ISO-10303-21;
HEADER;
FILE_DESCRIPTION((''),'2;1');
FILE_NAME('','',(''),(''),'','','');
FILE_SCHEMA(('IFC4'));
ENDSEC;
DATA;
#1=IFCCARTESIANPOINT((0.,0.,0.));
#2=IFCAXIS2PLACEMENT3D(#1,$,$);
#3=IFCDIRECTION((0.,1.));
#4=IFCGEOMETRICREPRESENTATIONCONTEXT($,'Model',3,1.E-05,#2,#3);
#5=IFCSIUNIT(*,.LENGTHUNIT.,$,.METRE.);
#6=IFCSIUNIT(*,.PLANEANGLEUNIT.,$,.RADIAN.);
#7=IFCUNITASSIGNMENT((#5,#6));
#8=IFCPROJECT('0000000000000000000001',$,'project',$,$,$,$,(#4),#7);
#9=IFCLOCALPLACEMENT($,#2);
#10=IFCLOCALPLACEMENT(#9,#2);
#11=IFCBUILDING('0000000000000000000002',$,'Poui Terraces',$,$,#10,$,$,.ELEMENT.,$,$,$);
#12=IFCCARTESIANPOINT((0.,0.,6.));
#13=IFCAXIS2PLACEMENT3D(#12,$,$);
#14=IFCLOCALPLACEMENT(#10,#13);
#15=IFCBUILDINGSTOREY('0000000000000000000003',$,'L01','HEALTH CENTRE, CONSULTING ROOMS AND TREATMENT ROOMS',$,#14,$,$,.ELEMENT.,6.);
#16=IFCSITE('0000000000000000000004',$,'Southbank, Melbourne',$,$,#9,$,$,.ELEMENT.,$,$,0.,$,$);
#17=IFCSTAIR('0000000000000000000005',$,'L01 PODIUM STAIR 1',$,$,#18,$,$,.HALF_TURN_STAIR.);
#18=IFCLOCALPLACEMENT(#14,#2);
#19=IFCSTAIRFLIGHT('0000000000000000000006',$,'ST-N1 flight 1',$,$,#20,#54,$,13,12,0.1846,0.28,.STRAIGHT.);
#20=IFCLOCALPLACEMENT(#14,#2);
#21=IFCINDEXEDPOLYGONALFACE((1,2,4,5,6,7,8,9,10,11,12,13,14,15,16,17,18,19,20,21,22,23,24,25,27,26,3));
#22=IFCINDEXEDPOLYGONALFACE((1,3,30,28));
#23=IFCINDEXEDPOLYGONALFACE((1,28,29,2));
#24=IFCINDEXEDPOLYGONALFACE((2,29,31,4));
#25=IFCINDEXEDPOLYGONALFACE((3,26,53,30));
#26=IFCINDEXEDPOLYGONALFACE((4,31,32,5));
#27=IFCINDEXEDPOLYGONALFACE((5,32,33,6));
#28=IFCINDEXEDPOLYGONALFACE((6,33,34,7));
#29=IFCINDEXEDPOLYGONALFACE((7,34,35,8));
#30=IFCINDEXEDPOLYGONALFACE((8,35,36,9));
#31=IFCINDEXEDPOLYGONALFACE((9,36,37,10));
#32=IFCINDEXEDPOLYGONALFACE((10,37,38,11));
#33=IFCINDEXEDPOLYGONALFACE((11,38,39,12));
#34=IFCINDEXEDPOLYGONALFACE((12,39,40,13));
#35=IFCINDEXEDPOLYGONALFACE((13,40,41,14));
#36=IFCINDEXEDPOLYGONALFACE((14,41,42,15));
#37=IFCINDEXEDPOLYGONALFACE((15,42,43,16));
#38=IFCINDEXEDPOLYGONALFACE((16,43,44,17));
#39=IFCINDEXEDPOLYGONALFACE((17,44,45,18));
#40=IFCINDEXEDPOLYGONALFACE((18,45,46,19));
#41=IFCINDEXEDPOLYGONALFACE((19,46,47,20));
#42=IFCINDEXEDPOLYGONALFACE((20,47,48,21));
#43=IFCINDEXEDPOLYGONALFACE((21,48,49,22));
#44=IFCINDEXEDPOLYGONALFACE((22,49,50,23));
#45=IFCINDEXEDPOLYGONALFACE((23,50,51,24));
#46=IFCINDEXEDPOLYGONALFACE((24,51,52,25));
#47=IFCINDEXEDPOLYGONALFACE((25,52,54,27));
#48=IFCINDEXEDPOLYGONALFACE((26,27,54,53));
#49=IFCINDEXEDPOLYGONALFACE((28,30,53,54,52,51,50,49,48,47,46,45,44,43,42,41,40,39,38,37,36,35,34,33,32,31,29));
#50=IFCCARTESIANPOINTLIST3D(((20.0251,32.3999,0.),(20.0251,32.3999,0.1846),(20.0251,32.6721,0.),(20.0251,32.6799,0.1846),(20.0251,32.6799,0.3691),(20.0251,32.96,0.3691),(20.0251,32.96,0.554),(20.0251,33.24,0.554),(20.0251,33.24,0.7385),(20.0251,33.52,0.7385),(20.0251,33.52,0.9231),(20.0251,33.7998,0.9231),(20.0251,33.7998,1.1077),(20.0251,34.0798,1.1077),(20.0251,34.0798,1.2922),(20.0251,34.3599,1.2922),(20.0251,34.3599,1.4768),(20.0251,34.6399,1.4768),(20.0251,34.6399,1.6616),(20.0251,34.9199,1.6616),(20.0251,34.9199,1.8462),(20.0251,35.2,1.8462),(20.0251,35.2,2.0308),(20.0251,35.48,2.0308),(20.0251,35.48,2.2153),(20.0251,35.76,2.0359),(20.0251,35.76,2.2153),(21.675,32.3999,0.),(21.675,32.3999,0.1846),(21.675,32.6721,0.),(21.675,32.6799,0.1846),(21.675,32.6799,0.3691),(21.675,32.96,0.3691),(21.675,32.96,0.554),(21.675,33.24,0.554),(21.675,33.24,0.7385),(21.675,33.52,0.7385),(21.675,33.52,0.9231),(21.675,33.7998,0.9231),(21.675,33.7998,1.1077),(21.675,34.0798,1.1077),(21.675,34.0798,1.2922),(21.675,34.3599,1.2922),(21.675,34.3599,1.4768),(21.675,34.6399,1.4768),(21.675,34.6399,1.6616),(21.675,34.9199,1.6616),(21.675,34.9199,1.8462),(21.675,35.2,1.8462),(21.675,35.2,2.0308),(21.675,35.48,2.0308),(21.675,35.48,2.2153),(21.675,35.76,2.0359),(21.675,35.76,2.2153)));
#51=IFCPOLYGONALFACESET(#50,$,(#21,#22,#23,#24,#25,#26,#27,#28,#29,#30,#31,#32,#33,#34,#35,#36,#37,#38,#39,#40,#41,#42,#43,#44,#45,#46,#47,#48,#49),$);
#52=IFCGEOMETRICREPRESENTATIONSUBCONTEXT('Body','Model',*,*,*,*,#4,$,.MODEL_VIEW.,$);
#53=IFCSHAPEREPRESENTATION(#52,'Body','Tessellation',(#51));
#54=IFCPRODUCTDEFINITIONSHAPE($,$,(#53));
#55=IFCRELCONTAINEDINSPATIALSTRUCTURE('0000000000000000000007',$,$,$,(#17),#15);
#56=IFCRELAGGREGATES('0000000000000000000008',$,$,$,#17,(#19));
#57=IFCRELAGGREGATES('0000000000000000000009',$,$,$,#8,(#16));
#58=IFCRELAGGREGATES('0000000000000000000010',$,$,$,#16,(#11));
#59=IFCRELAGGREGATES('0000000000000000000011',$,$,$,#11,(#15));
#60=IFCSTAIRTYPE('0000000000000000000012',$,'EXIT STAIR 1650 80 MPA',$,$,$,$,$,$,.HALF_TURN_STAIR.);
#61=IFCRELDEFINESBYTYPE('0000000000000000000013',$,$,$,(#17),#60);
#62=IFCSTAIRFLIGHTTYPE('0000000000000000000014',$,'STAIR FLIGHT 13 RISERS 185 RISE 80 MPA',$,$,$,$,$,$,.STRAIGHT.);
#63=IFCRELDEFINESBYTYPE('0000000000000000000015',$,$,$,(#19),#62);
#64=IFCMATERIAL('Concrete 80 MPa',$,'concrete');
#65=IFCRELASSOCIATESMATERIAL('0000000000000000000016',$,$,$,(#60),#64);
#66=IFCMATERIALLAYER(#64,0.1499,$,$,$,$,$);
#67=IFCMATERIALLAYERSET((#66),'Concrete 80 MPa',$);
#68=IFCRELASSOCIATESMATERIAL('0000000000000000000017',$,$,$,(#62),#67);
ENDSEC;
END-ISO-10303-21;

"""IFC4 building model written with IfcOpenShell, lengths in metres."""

from ifc_helpers import new_model, si_unit, direction, frame, origin, place, context, subcontext, project, spatial, polyline, outline, extrude, material, layer, layer_set, type_object, element, aggregate, save


model = new_model("IFC4")

# Units and contexts
model_context = context("Model", 3, precision=1e-05, world=origin(), true_north=direction((0.0, 1.0)))
body_context = subcontext(model_context, "Body", "Model", "MODEL_VIEW")
ifc_project = project(units=[si_unit("LENGTHUNIT", "METRE"), si_unit("PLANEANGLEUNIT", "RADIAN")], contexts=[model_context])

# Site, building, storey
site_placement = place(None, origin())
site = spatial("IfcSite", under=ifc_project, at=site_placement, Name="Southbank, Melbourne", CompositionType="ELEMENT", RefElevation=0.0)
building_placement = place(site_placement, origin())
building = spatial("IfcBuilding", under=site, at=building_placement, Name="Poui Terraces", CompositionType="ELEMENT")
storey_placement = place(building_placement, frame((0.0, 0.0, 6.0)))
storey = spatial("IfcBuildingStorey", under=building, at=storey_placement, Name="L01", Description="HEALTH CENTRE, CONSULTING ROOMS AND TREATMENT ROOMS", CompositionType="ELEMENT", Elevation=6.0)

# Shared definitions
ifc_material_1 = material(Name="Concrete 80 MPa", Category="concrete")

# Stair, stair flight
stair_type = type_object("IfcStairType", Name="EXIT STAIR 1650 80 MPA", PredefinedType="HALF_TURN_STAIR", material=ifc_material_1)
stair_placement = place(storey_placement, origin())
stair = element("IfcStair", 1, at=stair_placement, inside=storey, type_object=stair_type, Name="L01 PODIUM STAIR 1", PredefinedType="HALF_TURN_STAIR")
ifc_layer_1 = layer(ifc_material_1, 0.1499)
ifc_layer_set_1 = layer_set([ifc_layer_1], Name="Concrete 80 MPa")
stair_flight_type = type_object("IfcStairFlightType", Name="STAIR FLIGHT 13 RISERS 185 RISE 80 MPA", PredefinedType="STRAIGHT", material=ifc_layer_set_1)
stair_flight_placement = place(storey_placement, frame((20.8501, 32.3999, 0.0), z_axis=(0.0, 0.0, 1.0), x_axis=(0.0, 1.0, 0.0)))
stair_flight = element("IfcStairFlight", 2, at=stair_flight_placement, type_object=stair_flight_type, Name="ST-N1 flight 1", NumberOfRisers=13, NumberOfTreads=12, PredefinedType="STRAIGHT", RiserHeight=0.1846, TreadLength=0.28, context=body_context, shape_type="SweptSolid", body=[
    extrude(outline(polyline([(0.0, 0.0), (0.0, 0.1846), (0.28, 0.1846), (0.28, 0.3691), (0.5601, 0.3691), (0.5601, 0.554), (0.8401, 0.554), (0.8401, 0.7385), (1.1201, 0.7385), (1.1201, 0.9231), (1.3999, 0.9231), (1.3999, 1.1077), (1.6799, 1.1077), (1.6799, 1.2922), (1.96, 1.2922), (1.96, 1.4768), (2.24, 1.4768), (2.24, 1.6616), (2.52, 1.6616), (2.52, 1.8462), (2.8, 1.8462), (2.8, 2.0308), (3.0801, 2.0308), (3.0801, 2.2153), (3.3601, 2.2153), (3.3601, 2.3999), (3.3601, 2.0359), (0.2722, 0.0), (0.0, 0.0)])), frame((0.0, 0.825, 0.0), z_axis=(0.0, -1.0, 0.0), x_axis=(1.0, 0.0, 0.0)), (0.0, 0.0, 1.0), 1.6499),
])
aggregate(stair, [stair_flight])

save(model, "model.ifc")
